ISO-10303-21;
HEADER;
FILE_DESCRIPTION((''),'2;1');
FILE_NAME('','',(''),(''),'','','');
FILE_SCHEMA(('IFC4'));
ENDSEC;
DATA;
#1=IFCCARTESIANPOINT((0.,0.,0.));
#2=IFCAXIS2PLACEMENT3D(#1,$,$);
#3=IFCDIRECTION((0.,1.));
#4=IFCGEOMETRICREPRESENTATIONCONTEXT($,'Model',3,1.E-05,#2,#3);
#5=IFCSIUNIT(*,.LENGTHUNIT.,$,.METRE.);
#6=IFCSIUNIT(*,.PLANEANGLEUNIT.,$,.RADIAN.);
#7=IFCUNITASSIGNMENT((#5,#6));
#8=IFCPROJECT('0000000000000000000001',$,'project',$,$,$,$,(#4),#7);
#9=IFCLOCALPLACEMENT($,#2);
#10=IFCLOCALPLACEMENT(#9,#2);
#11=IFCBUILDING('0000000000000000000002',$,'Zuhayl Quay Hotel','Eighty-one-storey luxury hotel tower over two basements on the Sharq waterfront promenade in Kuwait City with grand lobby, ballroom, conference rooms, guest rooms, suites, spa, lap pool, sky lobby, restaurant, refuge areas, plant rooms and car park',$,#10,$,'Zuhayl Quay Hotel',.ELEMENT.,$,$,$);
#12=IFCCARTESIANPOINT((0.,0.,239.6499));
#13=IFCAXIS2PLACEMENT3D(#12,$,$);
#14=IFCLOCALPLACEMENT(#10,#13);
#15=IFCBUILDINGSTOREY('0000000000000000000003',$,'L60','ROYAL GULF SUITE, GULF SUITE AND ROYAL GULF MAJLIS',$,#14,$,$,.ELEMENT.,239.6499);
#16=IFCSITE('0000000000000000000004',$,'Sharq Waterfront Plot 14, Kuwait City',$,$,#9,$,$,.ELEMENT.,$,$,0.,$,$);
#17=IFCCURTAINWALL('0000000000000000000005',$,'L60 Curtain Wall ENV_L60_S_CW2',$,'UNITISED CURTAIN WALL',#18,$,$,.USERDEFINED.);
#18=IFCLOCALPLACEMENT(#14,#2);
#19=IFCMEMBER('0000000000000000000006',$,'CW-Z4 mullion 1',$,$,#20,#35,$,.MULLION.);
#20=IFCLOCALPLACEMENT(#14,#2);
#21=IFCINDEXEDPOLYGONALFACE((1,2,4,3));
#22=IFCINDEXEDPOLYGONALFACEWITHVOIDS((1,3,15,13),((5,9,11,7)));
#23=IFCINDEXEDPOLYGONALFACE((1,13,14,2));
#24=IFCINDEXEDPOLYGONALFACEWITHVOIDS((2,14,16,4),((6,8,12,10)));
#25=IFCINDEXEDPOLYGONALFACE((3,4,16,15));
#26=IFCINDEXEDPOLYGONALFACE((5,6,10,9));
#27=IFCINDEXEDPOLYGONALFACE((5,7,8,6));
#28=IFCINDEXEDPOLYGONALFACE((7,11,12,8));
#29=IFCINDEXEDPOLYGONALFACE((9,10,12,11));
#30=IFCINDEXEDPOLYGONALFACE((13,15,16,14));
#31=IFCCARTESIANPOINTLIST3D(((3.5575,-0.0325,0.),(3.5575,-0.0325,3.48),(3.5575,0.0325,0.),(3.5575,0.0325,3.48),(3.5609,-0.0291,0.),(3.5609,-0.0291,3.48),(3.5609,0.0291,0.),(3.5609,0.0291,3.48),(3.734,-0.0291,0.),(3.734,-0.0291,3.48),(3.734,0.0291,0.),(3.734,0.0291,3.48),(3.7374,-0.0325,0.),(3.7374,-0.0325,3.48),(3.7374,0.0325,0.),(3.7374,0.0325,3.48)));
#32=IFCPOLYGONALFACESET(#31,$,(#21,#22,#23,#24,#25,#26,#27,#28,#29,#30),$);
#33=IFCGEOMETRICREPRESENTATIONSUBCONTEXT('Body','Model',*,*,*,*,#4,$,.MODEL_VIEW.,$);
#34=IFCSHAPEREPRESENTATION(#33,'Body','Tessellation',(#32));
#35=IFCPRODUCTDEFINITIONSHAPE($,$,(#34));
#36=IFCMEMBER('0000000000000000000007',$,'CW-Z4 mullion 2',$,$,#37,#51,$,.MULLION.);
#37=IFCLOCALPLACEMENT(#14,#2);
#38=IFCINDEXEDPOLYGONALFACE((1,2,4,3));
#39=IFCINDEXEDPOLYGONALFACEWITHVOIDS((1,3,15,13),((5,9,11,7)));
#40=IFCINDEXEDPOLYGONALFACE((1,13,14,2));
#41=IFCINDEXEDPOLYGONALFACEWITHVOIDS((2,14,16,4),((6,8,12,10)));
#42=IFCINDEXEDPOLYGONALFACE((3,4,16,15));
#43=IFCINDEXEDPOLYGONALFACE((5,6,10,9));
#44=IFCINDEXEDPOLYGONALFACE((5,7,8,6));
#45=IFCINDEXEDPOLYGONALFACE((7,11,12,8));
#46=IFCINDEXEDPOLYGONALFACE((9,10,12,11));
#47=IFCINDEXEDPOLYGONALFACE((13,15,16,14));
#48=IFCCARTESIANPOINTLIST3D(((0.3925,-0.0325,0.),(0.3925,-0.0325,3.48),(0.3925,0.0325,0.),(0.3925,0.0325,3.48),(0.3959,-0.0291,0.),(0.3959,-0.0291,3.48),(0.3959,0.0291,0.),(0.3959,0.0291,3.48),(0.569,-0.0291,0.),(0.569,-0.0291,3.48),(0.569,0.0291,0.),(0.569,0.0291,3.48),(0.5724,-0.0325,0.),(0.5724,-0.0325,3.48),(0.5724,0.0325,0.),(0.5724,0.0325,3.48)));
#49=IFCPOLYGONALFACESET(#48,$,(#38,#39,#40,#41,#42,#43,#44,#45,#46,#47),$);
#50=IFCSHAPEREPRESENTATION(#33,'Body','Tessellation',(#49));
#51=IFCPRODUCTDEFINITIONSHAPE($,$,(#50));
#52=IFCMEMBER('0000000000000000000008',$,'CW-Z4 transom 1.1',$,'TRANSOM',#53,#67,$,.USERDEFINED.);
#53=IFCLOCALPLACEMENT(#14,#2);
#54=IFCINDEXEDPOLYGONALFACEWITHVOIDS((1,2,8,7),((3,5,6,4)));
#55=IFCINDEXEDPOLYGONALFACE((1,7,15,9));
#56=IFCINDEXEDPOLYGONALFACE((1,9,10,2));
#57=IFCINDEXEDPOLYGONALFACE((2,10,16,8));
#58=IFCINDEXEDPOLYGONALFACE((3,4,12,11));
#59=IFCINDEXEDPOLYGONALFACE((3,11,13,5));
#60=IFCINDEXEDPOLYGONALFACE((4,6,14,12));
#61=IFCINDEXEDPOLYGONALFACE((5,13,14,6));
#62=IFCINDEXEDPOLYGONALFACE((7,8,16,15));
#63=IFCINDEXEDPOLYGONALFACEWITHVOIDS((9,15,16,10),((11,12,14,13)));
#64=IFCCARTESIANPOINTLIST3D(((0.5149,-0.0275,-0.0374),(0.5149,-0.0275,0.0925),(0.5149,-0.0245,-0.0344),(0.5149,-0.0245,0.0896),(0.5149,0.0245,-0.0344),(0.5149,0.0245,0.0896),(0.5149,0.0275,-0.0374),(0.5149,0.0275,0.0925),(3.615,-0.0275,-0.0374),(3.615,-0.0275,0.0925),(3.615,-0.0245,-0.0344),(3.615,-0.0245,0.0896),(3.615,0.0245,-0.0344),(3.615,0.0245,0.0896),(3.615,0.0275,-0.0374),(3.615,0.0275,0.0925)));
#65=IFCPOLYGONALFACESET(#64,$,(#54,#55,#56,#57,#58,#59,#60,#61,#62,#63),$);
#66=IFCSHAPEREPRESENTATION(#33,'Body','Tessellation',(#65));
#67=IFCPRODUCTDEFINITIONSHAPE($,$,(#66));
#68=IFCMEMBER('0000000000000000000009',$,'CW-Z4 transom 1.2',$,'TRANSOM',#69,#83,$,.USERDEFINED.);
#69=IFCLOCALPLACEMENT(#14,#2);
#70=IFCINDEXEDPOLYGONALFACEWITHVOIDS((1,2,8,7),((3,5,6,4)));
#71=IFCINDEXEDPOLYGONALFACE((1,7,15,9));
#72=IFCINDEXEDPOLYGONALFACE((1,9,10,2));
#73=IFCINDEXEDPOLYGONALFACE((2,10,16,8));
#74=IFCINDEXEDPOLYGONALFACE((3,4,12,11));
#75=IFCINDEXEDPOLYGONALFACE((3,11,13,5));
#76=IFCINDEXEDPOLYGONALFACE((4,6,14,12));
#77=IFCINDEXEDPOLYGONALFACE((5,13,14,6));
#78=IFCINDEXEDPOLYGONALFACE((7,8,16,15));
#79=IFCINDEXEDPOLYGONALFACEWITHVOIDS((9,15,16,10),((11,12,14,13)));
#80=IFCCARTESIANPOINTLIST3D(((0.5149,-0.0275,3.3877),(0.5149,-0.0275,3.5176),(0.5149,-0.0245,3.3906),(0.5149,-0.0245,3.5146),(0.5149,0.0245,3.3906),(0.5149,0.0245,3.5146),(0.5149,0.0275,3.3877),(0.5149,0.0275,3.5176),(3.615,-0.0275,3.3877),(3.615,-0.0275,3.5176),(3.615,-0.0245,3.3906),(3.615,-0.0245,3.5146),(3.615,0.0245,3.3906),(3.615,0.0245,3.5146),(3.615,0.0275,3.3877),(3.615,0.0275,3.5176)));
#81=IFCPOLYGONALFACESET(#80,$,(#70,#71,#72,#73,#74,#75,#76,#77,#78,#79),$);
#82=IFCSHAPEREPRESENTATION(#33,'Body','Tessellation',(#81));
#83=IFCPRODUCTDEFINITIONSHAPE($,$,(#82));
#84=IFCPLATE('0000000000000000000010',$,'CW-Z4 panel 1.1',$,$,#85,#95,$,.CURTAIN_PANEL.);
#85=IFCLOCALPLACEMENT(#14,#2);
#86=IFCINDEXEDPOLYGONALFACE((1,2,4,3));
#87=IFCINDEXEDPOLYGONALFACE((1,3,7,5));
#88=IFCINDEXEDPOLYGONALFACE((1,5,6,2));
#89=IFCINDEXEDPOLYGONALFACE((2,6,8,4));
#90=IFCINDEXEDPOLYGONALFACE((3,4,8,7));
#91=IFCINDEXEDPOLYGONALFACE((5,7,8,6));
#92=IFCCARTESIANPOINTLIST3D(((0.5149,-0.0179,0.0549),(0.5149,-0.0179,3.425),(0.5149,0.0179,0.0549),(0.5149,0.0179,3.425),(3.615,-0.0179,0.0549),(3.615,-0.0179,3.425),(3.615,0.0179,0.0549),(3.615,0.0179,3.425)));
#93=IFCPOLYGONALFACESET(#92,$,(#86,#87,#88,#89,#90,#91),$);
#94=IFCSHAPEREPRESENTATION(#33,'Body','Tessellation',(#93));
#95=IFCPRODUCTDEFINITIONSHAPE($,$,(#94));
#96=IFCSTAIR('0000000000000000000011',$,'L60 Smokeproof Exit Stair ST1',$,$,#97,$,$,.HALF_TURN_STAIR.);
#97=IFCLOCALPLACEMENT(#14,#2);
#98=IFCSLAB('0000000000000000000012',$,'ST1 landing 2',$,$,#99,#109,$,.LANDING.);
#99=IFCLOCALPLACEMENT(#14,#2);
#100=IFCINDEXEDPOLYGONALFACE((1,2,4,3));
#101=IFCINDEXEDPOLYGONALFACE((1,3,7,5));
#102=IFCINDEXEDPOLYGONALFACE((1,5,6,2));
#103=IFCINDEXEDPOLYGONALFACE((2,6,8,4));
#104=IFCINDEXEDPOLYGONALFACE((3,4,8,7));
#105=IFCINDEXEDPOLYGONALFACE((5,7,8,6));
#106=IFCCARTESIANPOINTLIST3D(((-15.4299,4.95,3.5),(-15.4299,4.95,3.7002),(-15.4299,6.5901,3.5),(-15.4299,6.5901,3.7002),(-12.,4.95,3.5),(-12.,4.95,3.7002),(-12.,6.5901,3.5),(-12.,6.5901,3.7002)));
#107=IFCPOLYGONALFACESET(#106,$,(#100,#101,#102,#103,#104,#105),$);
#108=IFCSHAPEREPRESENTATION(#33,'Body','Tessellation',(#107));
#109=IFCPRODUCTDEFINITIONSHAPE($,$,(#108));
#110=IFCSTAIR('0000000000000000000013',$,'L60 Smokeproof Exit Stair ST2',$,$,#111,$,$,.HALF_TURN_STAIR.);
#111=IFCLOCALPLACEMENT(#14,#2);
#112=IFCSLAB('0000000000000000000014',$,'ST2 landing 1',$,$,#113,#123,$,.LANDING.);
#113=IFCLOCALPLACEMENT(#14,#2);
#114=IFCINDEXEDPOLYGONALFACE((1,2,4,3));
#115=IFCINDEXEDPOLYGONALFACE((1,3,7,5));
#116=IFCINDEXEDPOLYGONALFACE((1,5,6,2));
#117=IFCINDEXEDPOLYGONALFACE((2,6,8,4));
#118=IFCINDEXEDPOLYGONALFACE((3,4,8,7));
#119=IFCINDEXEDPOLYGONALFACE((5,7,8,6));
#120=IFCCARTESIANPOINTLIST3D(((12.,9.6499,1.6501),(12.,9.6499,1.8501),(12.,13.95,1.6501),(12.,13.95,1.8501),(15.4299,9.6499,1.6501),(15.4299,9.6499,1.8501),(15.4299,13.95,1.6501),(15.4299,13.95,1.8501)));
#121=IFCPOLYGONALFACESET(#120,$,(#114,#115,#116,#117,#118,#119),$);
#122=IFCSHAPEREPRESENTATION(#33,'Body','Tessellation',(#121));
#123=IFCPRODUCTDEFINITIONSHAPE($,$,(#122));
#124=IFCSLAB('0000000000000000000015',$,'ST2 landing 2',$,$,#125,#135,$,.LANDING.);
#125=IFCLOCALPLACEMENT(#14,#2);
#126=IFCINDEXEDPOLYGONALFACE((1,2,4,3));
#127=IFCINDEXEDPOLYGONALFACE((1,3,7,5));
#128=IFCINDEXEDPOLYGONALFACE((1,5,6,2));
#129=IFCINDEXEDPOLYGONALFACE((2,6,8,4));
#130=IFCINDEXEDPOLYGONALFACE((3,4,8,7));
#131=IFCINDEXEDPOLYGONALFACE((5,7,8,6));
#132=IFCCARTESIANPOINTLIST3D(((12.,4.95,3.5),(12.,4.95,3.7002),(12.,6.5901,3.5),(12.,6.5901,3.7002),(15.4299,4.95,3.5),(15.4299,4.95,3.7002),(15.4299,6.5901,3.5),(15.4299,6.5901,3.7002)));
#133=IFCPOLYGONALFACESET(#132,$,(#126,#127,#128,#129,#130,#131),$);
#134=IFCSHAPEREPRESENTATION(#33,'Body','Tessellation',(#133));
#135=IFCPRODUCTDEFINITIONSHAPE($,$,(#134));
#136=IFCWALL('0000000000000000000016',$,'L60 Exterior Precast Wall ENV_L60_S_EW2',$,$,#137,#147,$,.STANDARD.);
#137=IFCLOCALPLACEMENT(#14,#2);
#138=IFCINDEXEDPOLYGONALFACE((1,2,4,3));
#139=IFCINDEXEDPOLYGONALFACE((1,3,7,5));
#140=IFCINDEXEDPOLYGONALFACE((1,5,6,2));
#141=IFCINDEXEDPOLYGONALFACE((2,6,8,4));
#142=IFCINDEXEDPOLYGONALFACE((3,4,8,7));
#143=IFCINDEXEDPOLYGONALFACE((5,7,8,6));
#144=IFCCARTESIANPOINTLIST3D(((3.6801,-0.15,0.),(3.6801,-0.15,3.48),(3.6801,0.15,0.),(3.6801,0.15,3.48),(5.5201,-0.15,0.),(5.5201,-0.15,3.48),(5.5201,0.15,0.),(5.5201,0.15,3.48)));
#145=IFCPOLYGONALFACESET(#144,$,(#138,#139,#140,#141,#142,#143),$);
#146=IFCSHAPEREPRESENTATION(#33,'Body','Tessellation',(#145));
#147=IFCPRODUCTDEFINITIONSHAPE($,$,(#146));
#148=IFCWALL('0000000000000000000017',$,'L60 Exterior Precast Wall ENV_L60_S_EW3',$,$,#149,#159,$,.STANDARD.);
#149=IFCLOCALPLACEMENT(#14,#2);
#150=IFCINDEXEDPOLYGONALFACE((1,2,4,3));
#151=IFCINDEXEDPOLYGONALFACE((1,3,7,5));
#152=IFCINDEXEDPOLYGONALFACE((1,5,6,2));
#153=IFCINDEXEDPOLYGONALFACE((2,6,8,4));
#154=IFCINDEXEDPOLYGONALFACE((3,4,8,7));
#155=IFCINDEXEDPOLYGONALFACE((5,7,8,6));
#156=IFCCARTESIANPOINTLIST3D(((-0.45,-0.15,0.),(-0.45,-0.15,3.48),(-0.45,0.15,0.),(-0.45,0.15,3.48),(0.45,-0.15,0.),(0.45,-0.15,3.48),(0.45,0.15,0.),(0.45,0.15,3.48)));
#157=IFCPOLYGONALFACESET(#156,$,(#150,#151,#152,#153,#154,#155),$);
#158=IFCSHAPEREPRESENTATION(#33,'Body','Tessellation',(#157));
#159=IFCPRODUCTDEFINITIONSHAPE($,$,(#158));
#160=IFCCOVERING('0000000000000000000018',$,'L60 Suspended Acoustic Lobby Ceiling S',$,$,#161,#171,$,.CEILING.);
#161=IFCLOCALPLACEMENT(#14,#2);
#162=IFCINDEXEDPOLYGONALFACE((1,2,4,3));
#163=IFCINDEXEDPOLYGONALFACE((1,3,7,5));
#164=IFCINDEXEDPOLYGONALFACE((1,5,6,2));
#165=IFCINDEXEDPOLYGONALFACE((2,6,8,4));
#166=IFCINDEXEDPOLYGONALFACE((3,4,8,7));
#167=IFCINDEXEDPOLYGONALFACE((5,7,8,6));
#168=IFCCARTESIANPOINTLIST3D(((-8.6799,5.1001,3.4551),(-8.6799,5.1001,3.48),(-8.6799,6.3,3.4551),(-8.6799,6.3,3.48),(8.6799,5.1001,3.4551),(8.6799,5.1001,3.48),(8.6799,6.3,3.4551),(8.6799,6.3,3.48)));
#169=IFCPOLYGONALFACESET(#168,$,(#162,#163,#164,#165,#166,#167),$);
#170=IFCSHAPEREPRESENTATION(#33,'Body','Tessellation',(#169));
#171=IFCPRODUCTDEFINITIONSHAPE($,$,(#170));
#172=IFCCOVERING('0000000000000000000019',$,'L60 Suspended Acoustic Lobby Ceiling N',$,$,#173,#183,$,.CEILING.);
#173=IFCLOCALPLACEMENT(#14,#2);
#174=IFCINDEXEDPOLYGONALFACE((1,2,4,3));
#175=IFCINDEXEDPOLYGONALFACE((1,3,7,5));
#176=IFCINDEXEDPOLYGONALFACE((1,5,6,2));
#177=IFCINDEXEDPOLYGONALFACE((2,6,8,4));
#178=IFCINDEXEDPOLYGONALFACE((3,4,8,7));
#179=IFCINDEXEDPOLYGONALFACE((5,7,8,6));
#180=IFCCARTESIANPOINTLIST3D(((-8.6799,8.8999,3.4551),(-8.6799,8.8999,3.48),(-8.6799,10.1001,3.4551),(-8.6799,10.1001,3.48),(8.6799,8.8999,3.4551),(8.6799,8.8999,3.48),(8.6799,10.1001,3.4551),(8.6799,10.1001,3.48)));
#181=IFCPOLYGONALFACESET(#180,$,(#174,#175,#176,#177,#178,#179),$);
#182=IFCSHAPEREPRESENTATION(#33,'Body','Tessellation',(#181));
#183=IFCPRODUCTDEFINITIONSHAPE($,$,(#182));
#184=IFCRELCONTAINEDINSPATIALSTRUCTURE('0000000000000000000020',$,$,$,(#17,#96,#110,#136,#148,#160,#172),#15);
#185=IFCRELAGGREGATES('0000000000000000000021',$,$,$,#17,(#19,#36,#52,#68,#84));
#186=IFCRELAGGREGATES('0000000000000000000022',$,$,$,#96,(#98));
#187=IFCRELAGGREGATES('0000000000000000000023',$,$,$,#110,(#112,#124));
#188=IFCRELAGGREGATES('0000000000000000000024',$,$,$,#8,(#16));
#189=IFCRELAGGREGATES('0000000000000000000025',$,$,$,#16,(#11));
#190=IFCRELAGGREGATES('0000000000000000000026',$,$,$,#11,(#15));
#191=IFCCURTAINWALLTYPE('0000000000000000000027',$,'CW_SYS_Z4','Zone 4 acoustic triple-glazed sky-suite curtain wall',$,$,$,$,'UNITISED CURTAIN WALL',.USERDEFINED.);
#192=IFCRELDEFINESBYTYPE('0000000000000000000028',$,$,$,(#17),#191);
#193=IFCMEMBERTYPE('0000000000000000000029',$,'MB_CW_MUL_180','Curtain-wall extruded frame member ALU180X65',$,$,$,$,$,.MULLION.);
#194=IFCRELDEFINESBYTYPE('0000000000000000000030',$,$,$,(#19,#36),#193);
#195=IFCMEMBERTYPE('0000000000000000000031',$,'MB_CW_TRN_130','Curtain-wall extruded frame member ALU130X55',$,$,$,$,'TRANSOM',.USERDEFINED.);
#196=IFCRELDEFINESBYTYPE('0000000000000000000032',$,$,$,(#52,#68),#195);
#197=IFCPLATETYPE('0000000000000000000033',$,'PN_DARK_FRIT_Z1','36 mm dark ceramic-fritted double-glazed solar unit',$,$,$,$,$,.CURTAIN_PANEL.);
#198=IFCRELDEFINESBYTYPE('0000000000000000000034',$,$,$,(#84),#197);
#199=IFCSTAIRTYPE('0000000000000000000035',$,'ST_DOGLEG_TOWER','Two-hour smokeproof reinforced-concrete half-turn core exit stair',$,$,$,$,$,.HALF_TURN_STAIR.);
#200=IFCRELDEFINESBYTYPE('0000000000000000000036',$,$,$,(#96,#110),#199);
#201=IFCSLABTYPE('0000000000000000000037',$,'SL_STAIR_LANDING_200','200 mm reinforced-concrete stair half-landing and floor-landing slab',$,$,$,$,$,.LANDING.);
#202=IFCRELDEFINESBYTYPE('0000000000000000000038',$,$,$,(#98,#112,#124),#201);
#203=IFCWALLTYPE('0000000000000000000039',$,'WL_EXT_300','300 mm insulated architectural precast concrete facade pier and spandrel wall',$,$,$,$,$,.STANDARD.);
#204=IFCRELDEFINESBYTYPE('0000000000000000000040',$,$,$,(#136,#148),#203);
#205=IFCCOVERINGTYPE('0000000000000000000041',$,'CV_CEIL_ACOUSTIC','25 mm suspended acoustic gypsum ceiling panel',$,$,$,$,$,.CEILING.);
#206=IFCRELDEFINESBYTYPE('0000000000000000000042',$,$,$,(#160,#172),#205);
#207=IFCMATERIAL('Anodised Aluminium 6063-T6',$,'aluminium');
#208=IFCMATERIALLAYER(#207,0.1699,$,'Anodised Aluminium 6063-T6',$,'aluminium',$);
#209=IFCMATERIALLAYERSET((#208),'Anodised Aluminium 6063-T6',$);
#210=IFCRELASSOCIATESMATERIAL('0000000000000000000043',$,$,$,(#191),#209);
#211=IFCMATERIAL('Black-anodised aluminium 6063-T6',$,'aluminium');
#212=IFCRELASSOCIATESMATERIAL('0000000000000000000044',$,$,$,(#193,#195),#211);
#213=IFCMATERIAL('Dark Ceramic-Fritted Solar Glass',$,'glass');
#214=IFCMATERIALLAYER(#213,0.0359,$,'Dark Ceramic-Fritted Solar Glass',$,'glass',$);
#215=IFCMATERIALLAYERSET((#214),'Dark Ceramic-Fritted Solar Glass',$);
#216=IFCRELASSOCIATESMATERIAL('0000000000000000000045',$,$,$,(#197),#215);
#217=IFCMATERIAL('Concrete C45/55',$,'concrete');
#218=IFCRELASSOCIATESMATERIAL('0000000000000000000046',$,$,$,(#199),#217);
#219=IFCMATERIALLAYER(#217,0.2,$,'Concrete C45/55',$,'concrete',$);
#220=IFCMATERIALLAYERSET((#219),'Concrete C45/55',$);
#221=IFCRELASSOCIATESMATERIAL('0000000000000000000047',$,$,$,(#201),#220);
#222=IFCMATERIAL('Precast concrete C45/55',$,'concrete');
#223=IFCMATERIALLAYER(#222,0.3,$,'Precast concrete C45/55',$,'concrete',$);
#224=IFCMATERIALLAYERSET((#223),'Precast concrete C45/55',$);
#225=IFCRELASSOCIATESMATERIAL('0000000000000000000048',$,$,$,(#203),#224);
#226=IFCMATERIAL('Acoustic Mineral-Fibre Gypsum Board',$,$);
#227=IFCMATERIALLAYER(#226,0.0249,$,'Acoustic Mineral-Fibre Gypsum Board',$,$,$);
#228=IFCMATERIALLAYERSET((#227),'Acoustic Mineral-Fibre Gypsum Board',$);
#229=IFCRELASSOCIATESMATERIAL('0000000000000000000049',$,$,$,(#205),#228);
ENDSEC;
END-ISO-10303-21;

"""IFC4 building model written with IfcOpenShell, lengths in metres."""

from ifc_helpers import new_model, si_unit, direction, frame, frame_2d, origin, origin_2d, place, context, subcontext, project, spatial, polyline, rectangle, hollow_rectangle, outline, extrude, material, layer, layer_set, material_profile, profile_set, type_object, element, aggregate, save


model = new_model("IFC4")

# Units and contexts
model_context = context("Model", 3, precision=1e-05, world=origin(), true_north=direction((0.0, 1.0)))
body_context = subcontext(model_context, "Body", "Model", "MODEL_VIEW")
ifc_project = project(units=[si_unit("LENGTHUNIT", "METRE"), si_unit("PLANEANGLEUNIT", "RADIAN")], contexts=[model_context])

# Site, building, storey
site_placement = place(None, origin())
site = spatial("IfcSite", under=ifc_project, at=site_placement, Name="Sharq Waterfront Plot 14, Kuwait City", CompositionType="ELEMENT", RefElevation=0.0)
building_placement = place(site_placement, origin())
building = spatial("IfcBuilding", under=site, at=building_placement, Name="Zuhayl Quay Hotel", Description="Eighty-one-storey luxury hotel tower over two basements on the Sharq waterfront promenade in Kuwait City with grand lobby, ballroom, conference rooms, guest rooms, suites, spa, lap pool, sky lobby, restaurant, refuge areas, plant rooms and car park", LongName="Zuhayl Quay Hotel", CompositionType="ELEMENT")
storey_placement = place(building_placement, frame((0.0, 0.0, 239.6499)))
storey = spatial("IfcBuildingStorey", under=building, at=storey_placement, Name="L60", Description="ROYAL GULF SUITE, GULF SUITE AND ROYAL GULF MAJLIS", CompositionType="ELEMENT", Elevation=239.6499)

# Curtain wall, members, plate
ifc_material_1 = material(Name="Anodised Aluminium 6063-T6", Category="aluminium")
ifc_layer_1 = layer(ifc_material_1, 0.1699, Name="Anodised Aluminium 6063-T6", Category="aluminium")
ifc_layer_set_1 = layer_set([ifc_layer_1], Name="Anodised Aluminium 6063-T6")
curtain_wall_type = type_object("IfcCurtainWallType", Name="CW_SYS_Z4", Description="Zone 4 acoustic triple-glazed sky-suite curtain wall", ElementType="UNITISED CURTAIN WALL", PredefinedType="USERDEFINED", material=ifc_layer_set_1)
curtain_wall_placement = place(storey_placement, origin())
curtain_wall = element("IfcCurtainWall", 1, at=curtain_wall_placement, inside=storey, type_object=curtain_wall_type, Name="L60 Curtain Wall ENV_L60_S_CW2", ObjectType="UNITISED CURTAIN WALL", PredefinedType="USERDEFINED")
ifc_material_2 = material(Name="Black-anodised aluminium 6063-T6", Category="aluminium")
ifc_material_profile_1 = material_profile(ifc_material_2, hollow_rectangle(XDim=0.0649, YDim=0.1799, WallThickness=0.0034, at=origin_2d()), Name="ALU180X65")
ifc_profile_set_1 = profile_set([ifc_material_profile_1], Name="Black-anodised aluminium 6063-T6")
member_type_1 = type_object("IfcMemberType", Name="MB_CW_MUL_180", Description="Curtain-wall extruded frame member ALU180X65", PredefinedType="MULLION", material=ifc_profile_set_1)
member_1_placement = place(storey_placement, frame((3.6475, 0.0, 0.0), z_axis=(0.0, 0.0, 1.0), x_axis=(0.0, -1.0, 0.0)))
member_1 = element("IfcMember", 2, at=member_1_placement, type_object=member_type_1, Name="CW-Z4 mullion 1", PredefinedType="MULLION", context=body_context, shape_type="SweptSolid", body=[
    extrude(hollow_rectangle(XDim=0.0649, YDim=0.1799, WallThickness=0.0034, at=origin_2d()), origin(), (0.0, 0.0, 1.0), 3.48),
])
member_2_placement = place(storey_placement, frame((0.4824, 0.0, 0.0), z_axis=(0.0, 0.0, 1.0), x_axis=(0.0, -1.0, 0.0)))
member_2 = element("IfcMember", 3, at=member_2_placement, type_object=member_type_1, Name="CW-Z4 mullion 2", PredefinedType="MULLION", context=body_context, shape_type="SweptSolid", body=[
    extrude(hollow_rectangle(XDim=0.0649, YDim=0.1799, WallThickness=0.0034, at=origin_2d()), origin(), (0.0, 0.0, 1.0), 3.48),
])
ifc_material_profile_2 = material_profile(ifc_material_2, hollow_rectangle(XDim=0.0549, YDim=0.1299, WallThickness=0.0029, at=origin_2d()), Name="ALU130X55")
ifc_profile_set_2 = profile_set([ifc_material_profile_2], Name="Black-anodised aluminium 6063-T6")
member_type_2 = type_object("IfcMemberType", Name="MB_CW_TRN_130", Description="Curtain-wall extruded frame member ALU130X55", ElementType="TRANSOM", PredefinedType="USERDEFINED", material=ifc_profile_set_2)
member_3_placement = place(storey_placement, frame((3.615, 0.0, 0.0276), z_axis=(-1.0, 0.0, 0.0), x_axis=(0.0, -1.0, 0.0)))
member_3 = element("IfcMember", 4, at=member_3_placement, type_object=member_type_2, Name="CW-Z4 transom 1.1", ObjectType="TRANSOM", PredefinedType="USERDEFINED", context=body_context, shape_type="SweptSolid", body=[
    extrude(hollow_rectangle(XDim=0.0549, YDim=0.1299, WallThickness=0.0029, at=origin_2d()), origin(), (0.0, 0.0, 1.0), 3.1001),
])
member_4_placement = place(storey_placement, frame((3.615, 0.0, 3.4526), z_axis=(-1.0, 0.0, 0.0), x_axis=(0.0, -1.0, 0.0)))
member_4 = element("IfcMember", 5, at=member_4_placement, type_object=member_type_2, Name="CW-Z4 transom 1.2", ObjectType="TRANSOM", PredefinedType="USERDEFINED", context=body_context, shape_type="SweptSolid", body=[
    extrude(hollow_rectangle(XDim=0.0549, YDim=0.1299, WallThickness=0.0029, at=origin_2d()), origin(), (0.0, 0.0, 1.0), 3.1001),
])
ifc_material_3 = material(Name="Dark Ceramic-Fritted Solar Glass", Category="glass")
ifc_layer_2 = layer(ifc_material_3, 0.0359, Name="Dark Ceramic-Fritted Solar Glass", Category="glass")
ifc_layer_set_2 = layer_set([ifc_layer_2], Name="Dark Ceramic-Fritted Solar Glass")
plate_type = type_object("IfcPlateType", Name="PN_DARK_FRIT_Z1", Description="36 mm dark ceramic-fritted double-glazed solar unit", PredefinedType="CURTAIN_PANEL", material=ifc_layer_set_2)
plate_placement = place(storey_placement, frame((2.0649, 0.0, 0.0549), z_axis=(0.0, 0.0, 1.0), x_axis=(-1.0, 0.0, 0.0)))
plate = element("IfcPlate", 6, at=plate_placement, type_object=plate_type, Name="CW-Z4 panel 1.1", PredefinedType="CURTAIN_PANEL", context=body_context, shape_type="SweptSolid", body=[
    extrude(rectangle(XDim=3.1001, YDim=0.0359, at=origin_2d()), origin(), (0.0, 0.0, 1.0), 3.3701),
])
aggregate(curtain_wall, [member_1, member_2, member_3, member_4, plate])

# Stair, slab
ifc_material_4 = material(Name="Concrete C45/55", Category="concrete")
stair_type = type_object("IfcStairType", Name="ST_DOGLEG_TOWER", Description="Two-hour smokeproof reinforced-concrete half-turn core exit stair", PredefinedType="HALF_TURN_STAIR", material=ifc_material_4)
stair_1_placement = place(storey_placement, origin())
stair_1 = element("IfcStair", 7, at=stair_1_placement, inside=storey, type_object=stair_type, Name="L60 Smokeproof Exit Stair ST1", PredefinedType="HALF_TURN_STAIR")
ifc_layer_3 = layer(ifc_material_4, 0.2, Name="Concrete C45/55", Category="concrete")
ifc_layer_set_3 = layer_set([ifc_layer_3], Name="Concrete C45/55")
slab_type = type_object("IfcSlabType", Name="SL_STAIR_LANDING_200", Description="200 mm reinforced-concrete stair half-landing and floor-landing slab", PredefinedType="LANDING", material=ifc_layer_set_3)
slab_1_placement = place(storey_placement, frame((0.0, 0.0, 3.5)))
slab_1 = element("IfcSlab", 8, at=slab_1_placement, type_object=slab_type, Name="ST1 landing 2", PredefinedType="LANDING", context=body_context, shape_type="SweptSolid", body=[
    extrude(outline(polyline([(-12.0, 4.95), (-12.0, 6.5901), (-15.4299, 6.5901), (-15.4299, 4.95), (-12.0, 4.95)])), origin(), (0.0, 0.0, 1.0), 0.2002),
])
aggregate(stair_1, [slab_1])

# Stair, slabs
stair_2_placement = place(storey_placement, origin())
stair_2 = element("IfcStair", 9, at=stair_2_placement, inside=storey, type_object=stair_type, Name="L60 Smokeproof Exit Stair ST2", PredefinedType="HALF_TURN_STAIR")
slab_2_placement = place(storey_placement, frame((0.0, 0.0, 1.6501)))
slab_2 = element("IfcSlab", 10, at=slab_2_placement, type_object=slab_type, Name="ST2 landing 1", PredefinedType="LANDING", context=body_context, shape_type="SweptSolid", body=[
    extrude(outline(polyline([(15.4299, 9.6499), (15.4299, 13.95), (12.0, 13.95), (12.0, 9.6499), (15.4299, 9.6499)])), origin(), (0.0, 0.0, 1.0), 0.2),
])
slab_3_placement = place(storey_placement, frame((0.0, 0.0, 3.5)))
slab_3 = element("IfcSlab", 11, at=slab_3_placement, type_object=slab_type, Name="ST2 landing 2", PredefinedType="LANDING", context=body_context, shape_type="SweptSolid", body=[
    extrude(outline(polyline([(15.4299, 4.95), (15.4299, 6.5901), (12.0, 6.5901), (12.0, 4.95), (15.4299, 4.95)])), origin(), (0.0, 0.0, 1.0), 0.2002),
])
aggregate(stair_2, [slab_2, slab_3])

# Walls
ifc_material_5 = material(Name="Precast concrete C45/55", Category="concrete")
ifc_layer_4 = layer(ifc_material_5, 0.3, Name="Precast concrete C45/55", Category="concrete")
ifc_layer_set_4 = layer_set([ifc_layer_4], Name="Precast concrete C45/55")
wall_type = type_object("IfcWallType", Name="WL_EXT_300", Description="300 mm insulated architectural precast concrete facade pier and spandrel wall", PredefinedType="STANDARD", material=ifc_layer_set_4)
wall_1_placement = place(storey_placement, frame((5.52, 0.0, 0.0), z_axis=(0.0, 0.0, 1.0), x_axis=(-1.0, 0.0, 0.0)))
element("IfcWall", 12, at=wall_1_placement, inside=storey, type_object=wall_type, Name="L60 Exterior Precast Wall ENV_L60_S_EW2", PredefinedType="STANDARD", context=body_context, shape_type="SweptSolid", body=[
    extrude(rectangle(XDim=1.8401, YDim=0.3, at=frame_2d((0.9199, 0.0))), origin(), (0.0, 0.0, 1.0), 3.48),
])
wall_2_placement = place(storey_placement, frame((0.45, 0.0, 0.0), z_axis=(0.0, 0.0, 1.0), x_axis=(-1.0, 0.0, 0.0)))
element("IfcWall", 13, at=wall_2_placement, inside=storey, type_object=wall_type, Name="L60 Exterior Precast Wall ENV_L60_S_EW3", PredefinedType="STANDARD", context=body_context, shape_type="SweptSolid", body=[
    extrude(rectangle(XDim=0.8999, YDim=0.3, at=frame_2d((0.45, 0.0))), origin(), (0.0, 0.0, 1.0), 3.48),
])

# Coverings
ifc_material_6 = material(Name="Acoustic Mineral-Fibre Gypsum Board")
ifc_layer_5 = layer(ifc_material_6, 0.0249, Name="Acoustic Mineral-Fibre Gypsum Board")
ifc_layer_set_5 = layer_set([ifc_layer_5], Name="Acoustic Mineral-Fibre Gypsum Board")
covering_type_1 = type_object("IfcCoveringType", Name="CV_CEIL_ACOUSTIC", Description="25 mm suspended acoustic gypsum ceiling panel", PredefinedType="CEILING", material=ifc_layer_set_5)
covering_1_placement = place(storey_placement, frame((0.0, 0.0, 3.4551)))
element("IfcCovering", 14, at=covering_1_placement, inside=storey, type_object=covering_type_1, Name="L60 Suspended Acoustic Lobby Ceiling S", PredefinedType="CEILING", context=body_context, shape_type="SweptSolid", body=[
    extrude(outline(polyline([(-8.6799, 5.1001), (8.6799, 5.1001), (8.6799, 6.3), (-8.6799, 6.3), (-8.6799, 5.1001)])), origin(), (0.0, 0.0, 1.0), 0.0249),
])
covering_2_placement = place(storey_placement, frame((0.0, 0.0, 3.4551)))
element("IfcCovering", 15, at=covering_2_placement, inside=storey, type_object=covering_type_1, Name="L60 Suspended Acoustic Lobby Ceiling N", PredefinedType="CEILING", context=body_context, shape_type="SweptSolid", body=[
    extrude(outline(polyline([(-8.6799, 8.8999), (8.6799, 8.8999), (8.6799, 10.1001), (-8.6799, 10.1001), (-8.6799, 8.8999)])), origin(), (0.0, 0.0, 1.0), 0.0249),
])

save(model, "model.ifc")
